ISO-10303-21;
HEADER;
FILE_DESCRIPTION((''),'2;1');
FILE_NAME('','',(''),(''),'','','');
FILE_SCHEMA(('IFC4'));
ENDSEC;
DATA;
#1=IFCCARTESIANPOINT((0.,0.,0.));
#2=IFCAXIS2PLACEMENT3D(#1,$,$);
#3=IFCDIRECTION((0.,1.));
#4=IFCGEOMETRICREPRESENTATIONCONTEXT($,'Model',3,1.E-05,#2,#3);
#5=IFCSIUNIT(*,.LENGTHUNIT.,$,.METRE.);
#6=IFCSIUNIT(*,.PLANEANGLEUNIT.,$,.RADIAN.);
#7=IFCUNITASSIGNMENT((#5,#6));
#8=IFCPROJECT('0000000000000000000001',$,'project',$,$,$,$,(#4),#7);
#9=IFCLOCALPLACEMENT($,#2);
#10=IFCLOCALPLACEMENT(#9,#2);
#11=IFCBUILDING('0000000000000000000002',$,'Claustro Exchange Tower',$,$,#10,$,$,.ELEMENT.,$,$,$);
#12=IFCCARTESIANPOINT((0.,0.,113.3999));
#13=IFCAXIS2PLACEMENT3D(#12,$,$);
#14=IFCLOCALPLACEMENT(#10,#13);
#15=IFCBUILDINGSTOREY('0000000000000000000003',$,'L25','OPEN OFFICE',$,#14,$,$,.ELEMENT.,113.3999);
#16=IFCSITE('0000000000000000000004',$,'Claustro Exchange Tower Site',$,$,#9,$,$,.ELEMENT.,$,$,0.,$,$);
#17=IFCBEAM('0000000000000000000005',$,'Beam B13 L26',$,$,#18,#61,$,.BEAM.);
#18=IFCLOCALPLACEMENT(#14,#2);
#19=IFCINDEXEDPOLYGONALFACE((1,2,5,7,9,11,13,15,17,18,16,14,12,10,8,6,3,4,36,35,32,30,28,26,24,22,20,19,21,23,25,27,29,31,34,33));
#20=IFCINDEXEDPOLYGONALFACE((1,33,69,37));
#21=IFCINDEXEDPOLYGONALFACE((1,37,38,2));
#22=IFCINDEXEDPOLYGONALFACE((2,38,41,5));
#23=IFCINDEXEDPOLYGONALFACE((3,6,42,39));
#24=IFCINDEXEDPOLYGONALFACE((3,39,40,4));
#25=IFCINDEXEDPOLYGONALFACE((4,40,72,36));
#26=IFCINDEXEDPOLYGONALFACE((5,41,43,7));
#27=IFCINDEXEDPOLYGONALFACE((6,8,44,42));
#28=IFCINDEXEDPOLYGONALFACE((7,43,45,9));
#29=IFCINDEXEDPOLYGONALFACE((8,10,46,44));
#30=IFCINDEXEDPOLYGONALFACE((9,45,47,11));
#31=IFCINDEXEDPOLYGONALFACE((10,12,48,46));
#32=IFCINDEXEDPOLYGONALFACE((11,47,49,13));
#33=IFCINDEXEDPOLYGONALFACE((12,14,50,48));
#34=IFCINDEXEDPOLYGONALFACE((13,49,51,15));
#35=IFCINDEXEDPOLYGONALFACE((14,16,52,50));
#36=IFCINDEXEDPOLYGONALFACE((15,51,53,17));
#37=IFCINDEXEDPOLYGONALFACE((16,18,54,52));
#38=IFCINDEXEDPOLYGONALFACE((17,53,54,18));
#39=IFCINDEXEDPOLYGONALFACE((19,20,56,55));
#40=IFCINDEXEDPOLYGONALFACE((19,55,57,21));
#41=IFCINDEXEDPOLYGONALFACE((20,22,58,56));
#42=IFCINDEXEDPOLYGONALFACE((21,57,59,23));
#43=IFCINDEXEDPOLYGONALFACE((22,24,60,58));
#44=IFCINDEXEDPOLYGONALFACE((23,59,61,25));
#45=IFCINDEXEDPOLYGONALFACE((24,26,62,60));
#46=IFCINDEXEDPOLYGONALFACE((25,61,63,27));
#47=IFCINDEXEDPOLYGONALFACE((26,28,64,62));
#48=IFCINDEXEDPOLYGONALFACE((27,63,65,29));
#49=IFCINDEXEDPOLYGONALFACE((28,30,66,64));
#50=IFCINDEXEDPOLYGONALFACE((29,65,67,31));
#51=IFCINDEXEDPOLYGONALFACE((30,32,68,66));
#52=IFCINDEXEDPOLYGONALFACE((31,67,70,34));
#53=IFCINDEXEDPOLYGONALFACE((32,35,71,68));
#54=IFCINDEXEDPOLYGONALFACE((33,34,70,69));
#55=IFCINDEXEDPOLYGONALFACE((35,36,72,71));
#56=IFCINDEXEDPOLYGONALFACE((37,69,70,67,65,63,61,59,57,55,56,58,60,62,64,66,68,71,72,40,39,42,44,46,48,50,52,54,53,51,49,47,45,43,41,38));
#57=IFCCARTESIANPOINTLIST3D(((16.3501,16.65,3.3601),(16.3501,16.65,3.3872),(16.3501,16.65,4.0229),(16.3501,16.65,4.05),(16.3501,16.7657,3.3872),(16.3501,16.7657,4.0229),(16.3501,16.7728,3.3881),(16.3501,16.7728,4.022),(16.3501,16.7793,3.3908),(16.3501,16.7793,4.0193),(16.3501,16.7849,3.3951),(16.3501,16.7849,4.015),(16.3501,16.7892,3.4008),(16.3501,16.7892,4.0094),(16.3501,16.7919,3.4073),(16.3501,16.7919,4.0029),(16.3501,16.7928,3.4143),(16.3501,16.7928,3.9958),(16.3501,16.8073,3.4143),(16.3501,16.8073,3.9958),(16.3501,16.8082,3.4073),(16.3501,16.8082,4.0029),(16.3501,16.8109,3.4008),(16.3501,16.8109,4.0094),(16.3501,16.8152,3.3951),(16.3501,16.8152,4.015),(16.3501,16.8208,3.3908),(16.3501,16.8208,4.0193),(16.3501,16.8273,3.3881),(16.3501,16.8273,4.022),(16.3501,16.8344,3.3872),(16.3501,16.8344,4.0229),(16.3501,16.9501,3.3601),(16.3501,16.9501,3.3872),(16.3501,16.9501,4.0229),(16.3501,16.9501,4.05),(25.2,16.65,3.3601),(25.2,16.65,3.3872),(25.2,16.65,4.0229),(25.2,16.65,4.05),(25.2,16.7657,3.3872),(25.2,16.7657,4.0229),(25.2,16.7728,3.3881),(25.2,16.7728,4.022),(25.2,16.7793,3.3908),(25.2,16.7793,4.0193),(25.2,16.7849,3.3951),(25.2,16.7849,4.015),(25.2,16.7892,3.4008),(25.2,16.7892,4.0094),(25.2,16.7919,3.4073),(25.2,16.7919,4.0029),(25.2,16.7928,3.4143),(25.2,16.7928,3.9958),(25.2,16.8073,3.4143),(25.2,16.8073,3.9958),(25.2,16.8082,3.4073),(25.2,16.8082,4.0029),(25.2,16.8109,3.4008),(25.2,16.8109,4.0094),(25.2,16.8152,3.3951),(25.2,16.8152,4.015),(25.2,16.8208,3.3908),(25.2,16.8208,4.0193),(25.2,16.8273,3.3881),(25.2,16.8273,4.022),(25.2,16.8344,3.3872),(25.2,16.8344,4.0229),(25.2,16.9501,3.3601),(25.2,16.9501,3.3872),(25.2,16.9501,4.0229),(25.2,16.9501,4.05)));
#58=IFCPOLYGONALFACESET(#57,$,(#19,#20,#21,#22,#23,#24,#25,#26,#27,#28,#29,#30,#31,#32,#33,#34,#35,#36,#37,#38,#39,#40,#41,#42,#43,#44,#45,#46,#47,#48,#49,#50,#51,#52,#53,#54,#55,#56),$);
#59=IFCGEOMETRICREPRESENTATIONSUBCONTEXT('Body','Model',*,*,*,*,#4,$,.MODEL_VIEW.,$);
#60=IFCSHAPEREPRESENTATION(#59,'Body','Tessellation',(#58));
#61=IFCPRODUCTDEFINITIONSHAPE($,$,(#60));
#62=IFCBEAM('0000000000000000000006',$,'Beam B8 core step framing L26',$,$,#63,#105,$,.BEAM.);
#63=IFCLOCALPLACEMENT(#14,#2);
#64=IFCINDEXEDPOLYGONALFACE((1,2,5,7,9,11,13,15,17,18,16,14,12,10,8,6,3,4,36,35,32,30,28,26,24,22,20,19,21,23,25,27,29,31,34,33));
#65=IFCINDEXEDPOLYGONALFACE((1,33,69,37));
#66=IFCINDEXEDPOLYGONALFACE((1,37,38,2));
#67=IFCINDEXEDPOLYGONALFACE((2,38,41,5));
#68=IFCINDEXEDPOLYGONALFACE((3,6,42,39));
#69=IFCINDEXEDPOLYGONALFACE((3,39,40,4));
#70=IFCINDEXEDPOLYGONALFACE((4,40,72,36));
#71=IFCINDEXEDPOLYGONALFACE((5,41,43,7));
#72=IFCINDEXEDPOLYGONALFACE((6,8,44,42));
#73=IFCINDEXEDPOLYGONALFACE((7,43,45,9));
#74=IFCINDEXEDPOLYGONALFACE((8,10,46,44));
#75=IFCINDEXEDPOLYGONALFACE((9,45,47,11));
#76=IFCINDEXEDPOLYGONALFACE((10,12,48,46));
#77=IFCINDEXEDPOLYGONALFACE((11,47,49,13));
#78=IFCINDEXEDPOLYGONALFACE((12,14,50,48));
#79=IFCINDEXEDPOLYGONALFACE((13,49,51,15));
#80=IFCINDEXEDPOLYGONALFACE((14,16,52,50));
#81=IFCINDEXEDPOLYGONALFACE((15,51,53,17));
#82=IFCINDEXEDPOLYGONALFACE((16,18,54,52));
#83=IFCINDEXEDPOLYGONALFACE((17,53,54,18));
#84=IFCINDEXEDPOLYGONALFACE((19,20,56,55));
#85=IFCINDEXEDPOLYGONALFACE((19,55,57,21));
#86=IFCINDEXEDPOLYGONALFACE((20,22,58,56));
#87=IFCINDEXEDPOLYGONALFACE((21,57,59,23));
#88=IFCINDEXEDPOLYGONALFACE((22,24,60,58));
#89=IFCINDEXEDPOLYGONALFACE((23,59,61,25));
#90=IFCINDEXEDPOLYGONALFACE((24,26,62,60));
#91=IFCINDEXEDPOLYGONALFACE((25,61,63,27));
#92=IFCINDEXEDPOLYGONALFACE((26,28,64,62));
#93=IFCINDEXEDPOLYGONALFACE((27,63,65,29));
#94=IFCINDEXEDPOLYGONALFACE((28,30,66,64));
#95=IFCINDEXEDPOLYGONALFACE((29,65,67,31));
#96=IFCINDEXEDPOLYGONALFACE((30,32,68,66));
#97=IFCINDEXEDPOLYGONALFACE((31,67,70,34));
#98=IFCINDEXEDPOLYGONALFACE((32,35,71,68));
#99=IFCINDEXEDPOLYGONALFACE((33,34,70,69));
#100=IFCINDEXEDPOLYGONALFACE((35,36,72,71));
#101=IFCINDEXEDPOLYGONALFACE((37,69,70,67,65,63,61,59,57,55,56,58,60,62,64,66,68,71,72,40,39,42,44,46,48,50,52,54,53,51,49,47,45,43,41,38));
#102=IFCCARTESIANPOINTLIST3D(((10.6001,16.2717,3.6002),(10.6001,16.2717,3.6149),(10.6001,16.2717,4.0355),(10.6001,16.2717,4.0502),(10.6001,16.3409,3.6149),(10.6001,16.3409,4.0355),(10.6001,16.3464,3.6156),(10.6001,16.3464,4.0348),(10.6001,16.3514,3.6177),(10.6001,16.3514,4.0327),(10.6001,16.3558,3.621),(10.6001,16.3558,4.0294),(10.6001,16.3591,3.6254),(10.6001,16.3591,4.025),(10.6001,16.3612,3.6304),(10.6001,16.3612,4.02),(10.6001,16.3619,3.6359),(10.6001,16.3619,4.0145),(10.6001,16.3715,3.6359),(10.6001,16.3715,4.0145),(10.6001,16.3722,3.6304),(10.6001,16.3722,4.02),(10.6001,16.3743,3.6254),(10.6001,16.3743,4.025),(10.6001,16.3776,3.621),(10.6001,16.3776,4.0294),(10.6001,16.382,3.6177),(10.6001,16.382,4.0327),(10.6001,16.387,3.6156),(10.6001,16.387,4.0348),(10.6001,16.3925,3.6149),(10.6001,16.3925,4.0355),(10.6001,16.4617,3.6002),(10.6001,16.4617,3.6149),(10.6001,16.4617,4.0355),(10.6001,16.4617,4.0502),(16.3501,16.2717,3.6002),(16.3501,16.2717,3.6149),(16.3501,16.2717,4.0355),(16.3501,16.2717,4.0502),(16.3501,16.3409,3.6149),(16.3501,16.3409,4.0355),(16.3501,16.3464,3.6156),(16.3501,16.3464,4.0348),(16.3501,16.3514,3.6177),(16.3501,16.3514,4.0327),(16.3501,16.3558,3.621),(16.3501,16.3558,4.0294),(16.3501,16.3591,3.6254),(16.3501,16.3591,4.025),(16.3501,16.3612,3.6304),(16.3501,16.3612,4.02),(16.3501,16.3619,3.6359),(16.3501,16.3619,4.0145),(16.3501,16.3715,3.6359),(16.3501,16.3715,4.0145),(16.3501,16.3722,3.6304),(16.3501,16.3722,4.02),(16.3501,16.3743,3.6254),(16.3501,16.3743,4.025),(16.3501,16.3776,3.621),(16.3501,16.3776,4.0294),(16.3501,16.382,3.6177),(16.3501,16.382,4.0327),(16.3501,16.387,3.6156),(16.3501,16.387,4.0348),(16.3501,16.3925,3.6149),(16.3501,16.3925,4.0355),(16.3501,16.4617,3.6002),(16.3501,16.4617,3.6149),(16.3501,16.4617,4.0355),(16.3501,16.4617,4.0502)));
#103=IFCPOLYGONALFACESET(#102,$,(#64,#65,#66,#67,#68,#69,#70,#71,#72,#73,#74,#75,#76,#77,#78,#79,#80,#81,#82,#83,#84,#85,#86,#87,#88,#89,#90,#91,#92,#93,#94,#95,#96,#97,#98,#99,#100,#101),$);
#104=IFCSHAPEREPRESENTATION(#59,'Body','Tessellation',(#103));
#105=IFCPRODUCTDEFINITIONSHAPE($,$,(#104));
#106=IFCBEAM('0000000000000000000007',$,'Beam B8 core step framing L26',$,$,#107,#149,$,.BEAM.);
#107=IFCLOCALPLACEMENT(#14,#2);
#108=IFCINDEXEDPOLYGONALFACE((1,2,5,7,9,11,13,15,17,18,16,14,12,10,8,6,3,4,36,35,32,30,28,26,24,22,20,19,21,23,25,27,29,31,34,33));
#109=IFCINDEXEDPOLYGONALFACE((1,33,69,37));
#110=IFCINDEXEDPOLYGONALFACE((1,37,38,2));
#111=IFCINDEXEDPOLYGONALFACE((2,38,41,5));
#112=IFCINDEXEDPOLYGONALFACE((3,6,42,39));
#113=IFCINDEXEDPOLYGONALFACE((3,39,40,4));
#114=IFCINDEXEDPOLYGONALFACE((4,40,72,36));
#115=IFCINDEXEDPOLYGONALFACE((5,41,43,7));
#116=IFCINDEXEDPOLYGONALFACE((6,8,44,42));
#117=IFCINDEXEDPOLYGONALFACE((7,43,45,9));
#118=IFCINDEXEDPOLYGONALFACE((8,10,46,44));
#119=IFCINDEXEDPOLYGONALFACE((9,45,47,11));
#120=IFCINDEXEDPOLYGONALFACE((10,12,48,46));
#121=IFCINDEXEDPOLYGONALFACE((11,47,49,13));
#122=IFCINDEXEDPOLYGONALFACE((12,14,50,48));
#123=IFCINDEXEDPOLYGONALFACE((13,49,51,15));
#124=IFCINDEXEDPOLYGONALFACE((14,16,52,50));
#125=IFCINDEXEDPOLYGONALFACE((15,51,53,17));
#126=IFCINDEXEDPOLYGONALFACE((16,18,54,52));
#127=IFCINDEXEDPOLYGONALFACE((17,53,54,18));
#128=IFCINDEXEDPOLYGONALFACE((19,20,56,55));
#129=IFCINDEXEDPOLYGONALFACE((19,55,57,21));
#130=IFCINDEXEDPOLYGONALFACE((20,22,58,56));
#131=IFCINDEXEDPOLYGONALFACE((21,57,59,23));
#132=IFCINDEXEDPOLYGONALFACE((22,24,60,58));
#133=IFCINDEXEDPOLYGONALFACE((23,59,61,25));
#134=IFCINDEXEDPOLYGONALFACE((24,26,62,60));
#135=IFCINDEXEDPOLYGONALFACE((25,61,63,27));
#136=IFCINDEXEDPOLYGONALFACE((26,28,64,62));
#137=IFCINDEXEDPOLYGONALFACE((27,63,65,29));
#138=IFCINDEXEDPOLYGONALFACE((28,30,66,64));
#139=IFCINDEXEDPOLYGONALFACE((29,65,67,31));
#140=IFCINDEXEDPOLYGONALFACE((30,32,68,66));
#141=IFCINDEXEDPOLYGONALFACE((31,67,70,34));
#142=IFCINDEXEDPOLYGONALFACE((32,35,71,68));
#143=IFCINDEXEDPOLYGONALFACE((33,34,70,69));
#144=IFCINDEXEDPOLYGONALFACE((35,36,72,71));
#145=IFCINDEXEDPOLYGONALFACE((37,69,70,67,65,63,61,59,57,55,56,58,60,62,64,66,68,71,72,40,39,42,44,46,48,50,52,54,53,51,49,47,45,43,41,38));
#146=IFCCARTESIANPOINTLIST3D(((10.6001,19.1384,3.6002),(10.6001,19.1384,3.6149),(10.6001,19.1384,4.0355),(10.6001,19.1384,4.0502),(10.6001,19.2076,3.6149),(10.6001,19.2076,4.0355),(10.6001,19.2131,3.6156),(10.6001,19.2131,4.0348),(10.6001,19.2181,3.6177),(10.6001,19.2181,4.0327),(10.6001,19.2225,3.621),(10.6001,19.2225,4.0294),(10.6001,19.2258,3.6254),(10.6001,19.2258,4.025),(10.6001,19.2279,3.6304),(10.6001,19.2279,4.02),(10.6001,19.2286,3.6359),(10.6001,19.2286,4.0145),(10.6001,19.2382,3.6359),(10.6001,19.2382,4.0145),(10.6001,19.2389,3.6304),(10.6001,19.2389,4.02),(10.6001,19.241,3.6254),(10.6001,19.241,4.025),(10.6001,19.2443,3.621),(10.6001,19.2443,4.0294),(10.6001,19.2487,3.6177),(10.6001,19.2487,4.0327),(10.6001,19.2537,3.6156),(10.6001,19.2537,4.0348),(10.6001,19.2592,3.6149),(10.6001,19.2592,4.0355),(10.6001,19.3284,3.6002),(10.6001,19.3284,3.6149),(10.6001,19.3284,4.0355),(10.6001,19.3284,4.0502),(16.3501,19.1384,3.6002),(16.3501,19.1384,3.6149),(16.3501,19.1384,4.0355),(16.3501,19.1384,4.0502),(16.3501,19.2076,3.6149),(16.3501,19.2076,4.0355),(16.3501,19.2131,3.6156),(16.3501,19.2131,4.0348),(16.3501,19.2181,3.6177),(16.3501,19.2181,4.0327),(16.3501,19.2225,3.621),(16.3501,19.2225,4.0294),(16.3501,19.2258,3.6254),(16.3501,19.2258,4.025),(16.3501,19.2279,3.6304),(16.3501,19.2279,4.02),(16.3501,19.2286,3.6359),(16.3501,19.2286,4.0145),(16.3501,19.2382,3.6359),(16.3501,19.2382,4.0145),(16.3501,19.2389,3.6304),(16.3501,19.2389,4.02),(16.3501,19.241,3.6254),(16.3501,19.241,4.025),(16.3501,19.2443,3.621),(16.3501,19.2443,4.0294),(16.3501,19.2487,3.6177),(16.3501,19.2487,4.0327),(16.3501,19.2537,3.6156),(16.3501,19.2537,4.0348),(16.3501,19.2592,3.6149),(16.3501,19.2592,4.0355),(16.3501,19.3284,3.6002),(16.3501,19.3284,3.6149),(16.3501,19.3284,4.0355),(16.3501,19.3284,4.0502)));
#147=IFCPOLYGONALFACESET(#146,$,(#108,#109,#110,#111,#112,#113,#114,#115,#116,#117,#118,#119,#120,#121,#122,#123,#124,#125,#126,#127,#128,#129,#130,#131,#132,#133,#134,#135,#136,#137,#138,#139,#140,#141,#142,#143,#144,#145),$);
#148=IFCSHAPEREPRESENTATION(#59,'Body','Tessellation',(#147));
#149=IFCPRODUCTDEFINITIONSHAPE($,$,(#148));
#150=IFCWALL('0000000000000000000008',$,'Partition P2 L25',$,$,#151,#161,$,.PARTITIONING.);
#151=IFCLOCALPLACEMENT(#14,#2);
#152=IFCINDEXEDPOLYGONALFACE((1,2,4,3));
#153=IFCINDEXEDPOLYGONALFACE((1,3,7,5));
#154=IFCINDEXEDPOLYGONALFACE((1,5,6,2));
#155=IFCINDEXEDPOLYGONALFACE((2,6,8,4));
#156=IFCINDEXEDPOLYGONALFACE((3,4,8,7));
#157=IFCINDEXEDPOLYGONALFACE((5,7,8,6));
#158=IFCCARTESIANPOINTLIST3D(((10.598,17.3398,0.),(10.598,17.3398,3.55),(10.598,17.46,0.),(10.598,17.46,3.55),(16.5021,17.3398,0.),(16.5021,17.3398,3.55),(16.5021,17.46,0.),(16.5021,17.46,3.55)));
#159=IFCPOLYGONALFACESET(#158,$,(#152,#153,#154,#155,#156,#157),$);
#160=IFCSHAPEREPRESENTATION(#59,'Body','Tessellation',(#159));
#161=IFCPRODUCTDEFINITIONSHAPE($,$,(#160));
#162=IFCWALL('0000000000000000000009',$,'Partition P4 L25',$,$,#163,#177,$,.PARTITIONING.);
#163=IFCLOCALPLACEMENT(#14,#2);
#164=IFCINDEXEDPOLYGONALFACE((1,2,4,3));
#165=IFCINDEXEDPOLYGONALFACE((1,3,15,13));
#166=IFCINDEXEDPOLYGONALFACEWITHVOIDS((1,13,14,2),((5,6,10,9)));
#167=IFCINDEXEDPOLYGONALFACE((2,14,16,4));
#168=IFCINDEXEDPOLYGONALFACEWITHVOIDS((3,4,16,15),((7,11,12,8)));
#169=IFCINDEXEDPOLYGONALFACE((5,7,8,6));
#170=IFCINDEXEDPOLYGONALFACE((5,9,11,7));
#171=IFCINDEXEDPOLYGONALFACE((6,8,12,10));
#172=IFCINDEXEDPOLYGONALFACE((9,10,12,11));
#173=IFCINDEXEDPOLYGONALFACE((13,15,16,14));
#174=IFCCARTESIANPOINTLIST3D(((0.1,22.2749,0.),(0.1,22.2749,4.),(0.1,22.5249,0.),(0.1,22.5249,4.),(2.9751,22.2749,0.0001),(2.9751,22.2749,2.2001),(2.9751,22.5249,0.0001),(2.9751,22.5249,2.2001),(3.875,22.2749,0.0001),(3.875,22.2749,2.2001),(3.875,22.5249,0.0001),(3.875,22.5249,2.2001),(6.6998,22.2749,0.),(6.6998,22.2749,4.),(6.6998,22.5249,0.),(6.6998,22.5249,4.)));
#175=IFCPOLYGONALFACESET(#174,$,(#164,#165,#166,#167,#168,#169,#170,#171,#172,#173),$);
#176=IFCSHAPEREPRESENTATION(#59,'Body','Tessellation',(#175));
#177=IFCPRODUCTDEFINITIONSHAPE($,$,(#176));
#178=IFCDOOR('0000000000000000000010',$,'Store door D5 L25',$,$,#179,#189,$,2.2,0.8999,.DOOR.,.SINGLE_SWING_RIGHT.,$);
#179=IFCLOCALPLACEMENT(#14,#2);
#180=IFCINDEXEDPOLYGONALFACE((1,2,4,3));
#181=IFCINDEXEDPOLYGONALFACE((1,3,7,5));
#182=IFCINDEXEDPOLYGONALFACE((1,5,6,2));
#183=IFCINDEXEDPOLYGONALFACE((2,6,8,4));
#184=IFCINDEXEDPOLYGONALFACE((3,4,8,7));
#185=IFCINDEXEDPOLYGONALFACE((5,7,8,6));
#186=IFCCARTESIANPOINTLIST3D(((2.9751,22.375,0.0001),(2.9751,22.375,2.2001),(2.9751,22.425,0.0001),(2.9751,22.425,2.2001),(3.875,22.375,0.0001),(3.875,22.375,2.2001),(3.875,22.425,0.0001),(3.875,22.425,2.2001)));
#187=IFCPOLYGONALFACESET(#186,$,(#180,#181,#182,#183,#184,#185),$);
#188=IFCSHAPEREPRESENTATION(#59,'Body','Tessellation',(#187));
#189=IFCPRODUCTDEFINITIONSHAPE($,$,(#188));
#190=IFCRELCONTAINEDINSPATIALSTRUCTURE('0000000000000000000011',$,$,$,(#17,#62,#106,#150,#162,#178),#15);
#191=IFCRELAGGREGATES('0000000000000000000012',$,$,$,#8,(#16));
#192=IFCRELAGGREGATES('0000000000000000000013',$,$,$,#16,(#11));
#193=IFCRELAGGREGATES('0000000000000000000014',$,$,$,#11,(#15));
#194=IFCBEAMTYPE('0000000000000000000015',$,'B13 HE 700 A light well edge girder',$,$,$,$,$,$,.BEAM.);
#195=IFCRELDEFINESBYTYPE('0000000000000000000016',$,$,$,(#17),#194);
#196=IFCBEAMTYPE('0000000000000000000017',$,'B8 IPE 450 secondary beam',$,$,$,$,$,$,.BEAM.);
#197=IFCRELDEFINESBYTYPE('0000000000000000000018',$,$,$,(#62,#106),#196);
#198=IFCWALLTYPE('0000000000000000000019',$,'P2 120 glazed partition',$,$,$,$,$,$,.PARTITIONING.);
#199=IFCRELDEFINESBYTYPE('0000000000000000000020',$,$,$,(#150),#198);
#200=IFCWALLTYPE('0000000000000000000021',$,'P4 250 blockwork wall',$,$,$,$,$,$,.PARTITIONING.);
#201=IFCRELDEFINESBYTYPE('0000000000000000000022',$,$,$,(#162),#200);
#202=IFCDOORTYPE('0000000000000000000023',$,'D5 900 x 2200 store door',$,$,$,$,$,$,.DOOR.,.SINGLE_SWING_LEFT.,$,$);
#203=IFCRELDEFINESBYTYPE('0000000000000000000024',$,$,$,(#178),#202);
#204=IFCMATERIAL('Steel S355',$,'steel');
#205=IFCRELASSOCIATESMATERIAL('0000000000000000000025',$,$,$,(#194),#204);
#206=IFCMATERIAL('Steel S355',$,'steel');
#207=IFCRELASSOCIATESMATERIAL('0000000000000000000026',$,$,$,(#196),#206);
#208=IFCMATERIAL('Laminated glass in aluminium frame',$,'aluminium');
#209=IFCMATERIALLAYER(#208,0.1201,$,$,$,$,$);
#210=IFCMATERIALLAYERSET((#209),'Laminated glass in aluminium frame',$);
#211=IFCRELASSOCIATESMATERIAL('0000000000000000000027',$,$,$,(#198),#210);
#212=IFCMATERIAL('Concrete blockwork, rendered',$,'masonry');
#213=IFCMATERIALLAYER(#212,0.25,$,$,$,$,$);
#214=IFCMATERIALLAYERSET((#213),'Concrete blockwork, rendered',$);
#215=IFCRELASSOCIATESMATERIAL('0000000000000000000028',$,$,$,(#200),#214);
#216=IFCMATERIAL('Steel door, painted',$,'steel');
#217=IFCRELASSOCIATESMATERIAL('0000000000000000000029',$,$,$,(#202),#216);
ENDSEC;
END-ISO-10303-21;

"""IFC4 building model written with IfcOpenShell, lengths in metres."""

from ifc_helpers import new_model, si_unit, direction, frame, frame_2d, origin, origin_2d, place, context, subcontext, project, spatial, rectangle, i_section, extrude, material, layer, layer_set, material_profile, profile_set, type_object, element, fill, save


model = new_model("IFC4")

# Units and contexts
model_context = context("Model", 3, precision=1e-05, world=origin(), true_north=direction((0.0, 1.0)))
body_context = subcontext(model_context, "Body", "Model", "MODEL_VIEW")
ifc_project = project(units=[si_unit("LENGTHUNIT", "METRE"), si_unit("PLANEANGLEUNIT", "RADIAN")], contexts=[model_context])

# Site, building, storey
site_placement = place(None, origin())
site = spatial("IfcSite", under=ifc_project, at=site_placement, Name="Claustro Exchange Tower Site", CompositionType="ELEMENT", RefElevation=0.0)
building_placement = place(site_placement, origin())
building = spatial("IfcBuilding", under=site, at=building_placement, Name="Claustro Exchange Tower", CompositionType="ELEMENT")
storey_placement = place(building_placement, frame((0.0, 0.0, 113.3999)))
storey = spatial("IfcBuildingStorey", under=building, at=storey_placement, Name="L25", Description="OPEN OFFICE", CompositionType="ELEMENT", Elevation=113.3999)

# Beams
ifc_material_1 = material(Name="Steel S355", Category="steel")
ifc_material_profile_1 = material_profile(ifc_material_1, i_section(OverallWidth=0.3, OverallDepth=0.6899, WebThickness=0.0144, FlangeThickness=0.0271, FilletRadius=0.0271, at=origin_2d()), Name="HE 700 A")
ifc_profile_set_1 = profile_set([ifc_material_profile_1], Name="Steel S355")
beam_type_1 = type_object("IfcBeamType", Name="B13 HE 700 A light well edge girder", PredefinedType="BEAM", material=ifc_profile_set_1)
beam_placement = place(storey_placement, frame((16.3501, 16.8, 3.7051), z_axis=(1.0, 0.0, 0.0), x_axis=(0.0, 1.0, 0.0)))
element("IfcBeam", 1, at=beam_placement, inside=storey, type_object=beam_type_1, Name="Beam B13 L26", PredefinedType="BEAM", context=body_context, shape_type="SweptSolid", body=[
    extrude(i_section(OverallWidth=0.3, OverallDepth=0.6899, WebThickness=0.0144, FlangeThickness=0.0271, FilletRadius=0.0271, at=origin_2d()), origin(), (0.0, 0.0, 1.0), 8.8499),
])
ifc_material_2 = material(Name="Steel S355", Category="steel")
ifc_material_profile_2 = material_profile(ifc_material_2, i_section(OverallWidth=0.1899, OverallDepth=0.45, WebThickness=0.0095, FlangeThickness=0.0146, FilletRadius=0.021, at=origin_2d()), Name="IPE 450")
ifc_profile_set_2 = profile_set([ifc_material_profile_2], Name="Steel S355")
beam_type_2 = type_object("IfcBeamType", Name="B8 IPE 450 secondary beam", PredefinedType="BEAM", material=ifc_profile_set_2)
for number, where, z_axis, x_axis, name in (
    (2, (10.6001, 16.3667, 3.8252), (1.0, 0.0, 0.0), (0.0, 1.0, 0.0), "Beam B8 core step framing L26"),
    (3, (10.6001, 19.2334, 3.8252), (1.0, 0.0, 0.0), (0.0, 1.0, 0.0), "Beam B8 core step framing L26"),
):
    element("IfcBeam", number, at=place(storey_placement, frame(where, z_axis=z_axis, x_axis=x_axis)), inside=storey, type_object=beam_type_2, Name=name, PredefinedType="BEAM", context=body_context, shape_type="SweptSolid", body=[
        extrude(i_section(OverallWidth=0.1899, OverallDepth=0.45, WebThickness=0.0095, FlangeThickness=0.0146, FilletRadius=0.021, at=origin_2d()), origin(), (0.0, 0.0, 1.0), 5.75),
    ])

# Wall
ifc_material_3 = material(Name="Laminated glass in aluminium frame", Category="aluminium")
ifc_layer_1 = layer(ifc_material_3, 0.1201)
ifc_layer_set_1 = layer_set([ifc_layer_1], Name="Laminated glass in aluminium frame")
wall_type_1 = type_object("IfcWallType", Name="P2 120 glazed partition", PredefinedType="PARTITIONING", material=ifc_layer_set_1)
wall_1_placement = place(storey_placement, frame((10.5979, 17.3999, 0.0), z_axis=(0.0, 0.0, 1.0), x_axis=(1.0, 0.0, 0.0)))
element("IfcWall", 4, at=wall_1_placement, inside=storey, type_object=wall_type_1, Name="Partition P2 L25", PredefinedType="PARTITIONING", context=body_context, shape_type="SweptSolid", body=[
    extrude(rectangle(XDim=5.9041, YDim=0.1201, at=frame_2d((2.9521, 0.0))), origin(), (0.0, 0.0, 1.0), 3.55),
])

# Wall, opening, door
ifc_material_4 = material(Name="Concrete blockwork, rendered", Category="masonry")
ifc_layer_2 = layer(ifc_material_4, 0.25)
ifc_layer_set_2 = layer_set([ifc_layer_2], Name="Concrete blockwork, rendered")
wall_type_2 = type_object("IfcWallType", Name="P4 250 blockwork wall", PredefinedType="PARTITIONING", material=ifc_layer_set_2)
wall_2_placement = place(storey_placement, frame((0.1001, 22.3999, 0.0), z_axis=(0.0, 0.0, 1.0), x_axis=(1.0, 0.0, 0.0)))
wall_2 = element("IfcWall", 5, at=wall_2_placement, inside=storey, type_object=wall_type_2, Name="Partition P4 L25", PredefinedType="PARTITIONING", context=body_context, shape_type="SweptSolid", body=[
    extrude(rectangle(XDim=6.5999, YDim=0.25, at=frame_2d((3.2998, 0.0))), origin(), (0.0, 0.0, 1.0), 4.0),
])
opening_1_placement = place(wall_2_placement, frame((2.875, 0.0, 0.0)))
opening_1 = element("IfcOpeningElement", 6, at=opening_1_placement, cuts=wall_2, PredefinedType="OPENING", context=body_context, shape_type="SweptSolid", body=[
    extrude(rectangle(XDim=0.8999, YDim=2.2, at=frame_2d((0.45, 1.1001))), frame((0.0, 0.135, 0.0), z_axis=(0.0, -1.0, 0.0), x_axis=(1.0, 0.0, 0.0)), (0.0, 0.0, 1.0), 0.27),
])
ifc_material_5 = material(Name="Steel door, painted", Category="steel")
door_type = type_object("IfcDoorType", Name="D5 900 x 2200 store door", OperationType="SINGLE_SWING_LEFT", PredefinedType="DOOR", material=ifc_material_5)
door_placement = place(opening_1_placement, frame((0.8999, 0.0, 0.0), z_axis=(0.0, 0.0, 1.0), x_axis=(-1.0, 0.0, 0.0)))
door = element("IfcDoor", 7, at=door_placement, inside=storey, type_object=door_type, Name="Store door D5 L25", OperationType="SINGLE_SWING_RIGHT", OverallHeight=2.2, OverallWidth=0.8999, PredefinedType="DOOR", context=body_context, shape_type="SweptSolid", body=[
    extrude(rectangle(XDim=0.8999, YDim=2.2, at=frame_2d((0.45, 1.1001))), frame((0.0, 0.0249, 0.0), z_axis=(0.0, -1.0, 0.0), x_axis=(1.0, 0.0, 0.0)), (0.0, 0.0, 1.0), 0.05),
])
fill(opening_1, door)

save(model, "model.ifc")
